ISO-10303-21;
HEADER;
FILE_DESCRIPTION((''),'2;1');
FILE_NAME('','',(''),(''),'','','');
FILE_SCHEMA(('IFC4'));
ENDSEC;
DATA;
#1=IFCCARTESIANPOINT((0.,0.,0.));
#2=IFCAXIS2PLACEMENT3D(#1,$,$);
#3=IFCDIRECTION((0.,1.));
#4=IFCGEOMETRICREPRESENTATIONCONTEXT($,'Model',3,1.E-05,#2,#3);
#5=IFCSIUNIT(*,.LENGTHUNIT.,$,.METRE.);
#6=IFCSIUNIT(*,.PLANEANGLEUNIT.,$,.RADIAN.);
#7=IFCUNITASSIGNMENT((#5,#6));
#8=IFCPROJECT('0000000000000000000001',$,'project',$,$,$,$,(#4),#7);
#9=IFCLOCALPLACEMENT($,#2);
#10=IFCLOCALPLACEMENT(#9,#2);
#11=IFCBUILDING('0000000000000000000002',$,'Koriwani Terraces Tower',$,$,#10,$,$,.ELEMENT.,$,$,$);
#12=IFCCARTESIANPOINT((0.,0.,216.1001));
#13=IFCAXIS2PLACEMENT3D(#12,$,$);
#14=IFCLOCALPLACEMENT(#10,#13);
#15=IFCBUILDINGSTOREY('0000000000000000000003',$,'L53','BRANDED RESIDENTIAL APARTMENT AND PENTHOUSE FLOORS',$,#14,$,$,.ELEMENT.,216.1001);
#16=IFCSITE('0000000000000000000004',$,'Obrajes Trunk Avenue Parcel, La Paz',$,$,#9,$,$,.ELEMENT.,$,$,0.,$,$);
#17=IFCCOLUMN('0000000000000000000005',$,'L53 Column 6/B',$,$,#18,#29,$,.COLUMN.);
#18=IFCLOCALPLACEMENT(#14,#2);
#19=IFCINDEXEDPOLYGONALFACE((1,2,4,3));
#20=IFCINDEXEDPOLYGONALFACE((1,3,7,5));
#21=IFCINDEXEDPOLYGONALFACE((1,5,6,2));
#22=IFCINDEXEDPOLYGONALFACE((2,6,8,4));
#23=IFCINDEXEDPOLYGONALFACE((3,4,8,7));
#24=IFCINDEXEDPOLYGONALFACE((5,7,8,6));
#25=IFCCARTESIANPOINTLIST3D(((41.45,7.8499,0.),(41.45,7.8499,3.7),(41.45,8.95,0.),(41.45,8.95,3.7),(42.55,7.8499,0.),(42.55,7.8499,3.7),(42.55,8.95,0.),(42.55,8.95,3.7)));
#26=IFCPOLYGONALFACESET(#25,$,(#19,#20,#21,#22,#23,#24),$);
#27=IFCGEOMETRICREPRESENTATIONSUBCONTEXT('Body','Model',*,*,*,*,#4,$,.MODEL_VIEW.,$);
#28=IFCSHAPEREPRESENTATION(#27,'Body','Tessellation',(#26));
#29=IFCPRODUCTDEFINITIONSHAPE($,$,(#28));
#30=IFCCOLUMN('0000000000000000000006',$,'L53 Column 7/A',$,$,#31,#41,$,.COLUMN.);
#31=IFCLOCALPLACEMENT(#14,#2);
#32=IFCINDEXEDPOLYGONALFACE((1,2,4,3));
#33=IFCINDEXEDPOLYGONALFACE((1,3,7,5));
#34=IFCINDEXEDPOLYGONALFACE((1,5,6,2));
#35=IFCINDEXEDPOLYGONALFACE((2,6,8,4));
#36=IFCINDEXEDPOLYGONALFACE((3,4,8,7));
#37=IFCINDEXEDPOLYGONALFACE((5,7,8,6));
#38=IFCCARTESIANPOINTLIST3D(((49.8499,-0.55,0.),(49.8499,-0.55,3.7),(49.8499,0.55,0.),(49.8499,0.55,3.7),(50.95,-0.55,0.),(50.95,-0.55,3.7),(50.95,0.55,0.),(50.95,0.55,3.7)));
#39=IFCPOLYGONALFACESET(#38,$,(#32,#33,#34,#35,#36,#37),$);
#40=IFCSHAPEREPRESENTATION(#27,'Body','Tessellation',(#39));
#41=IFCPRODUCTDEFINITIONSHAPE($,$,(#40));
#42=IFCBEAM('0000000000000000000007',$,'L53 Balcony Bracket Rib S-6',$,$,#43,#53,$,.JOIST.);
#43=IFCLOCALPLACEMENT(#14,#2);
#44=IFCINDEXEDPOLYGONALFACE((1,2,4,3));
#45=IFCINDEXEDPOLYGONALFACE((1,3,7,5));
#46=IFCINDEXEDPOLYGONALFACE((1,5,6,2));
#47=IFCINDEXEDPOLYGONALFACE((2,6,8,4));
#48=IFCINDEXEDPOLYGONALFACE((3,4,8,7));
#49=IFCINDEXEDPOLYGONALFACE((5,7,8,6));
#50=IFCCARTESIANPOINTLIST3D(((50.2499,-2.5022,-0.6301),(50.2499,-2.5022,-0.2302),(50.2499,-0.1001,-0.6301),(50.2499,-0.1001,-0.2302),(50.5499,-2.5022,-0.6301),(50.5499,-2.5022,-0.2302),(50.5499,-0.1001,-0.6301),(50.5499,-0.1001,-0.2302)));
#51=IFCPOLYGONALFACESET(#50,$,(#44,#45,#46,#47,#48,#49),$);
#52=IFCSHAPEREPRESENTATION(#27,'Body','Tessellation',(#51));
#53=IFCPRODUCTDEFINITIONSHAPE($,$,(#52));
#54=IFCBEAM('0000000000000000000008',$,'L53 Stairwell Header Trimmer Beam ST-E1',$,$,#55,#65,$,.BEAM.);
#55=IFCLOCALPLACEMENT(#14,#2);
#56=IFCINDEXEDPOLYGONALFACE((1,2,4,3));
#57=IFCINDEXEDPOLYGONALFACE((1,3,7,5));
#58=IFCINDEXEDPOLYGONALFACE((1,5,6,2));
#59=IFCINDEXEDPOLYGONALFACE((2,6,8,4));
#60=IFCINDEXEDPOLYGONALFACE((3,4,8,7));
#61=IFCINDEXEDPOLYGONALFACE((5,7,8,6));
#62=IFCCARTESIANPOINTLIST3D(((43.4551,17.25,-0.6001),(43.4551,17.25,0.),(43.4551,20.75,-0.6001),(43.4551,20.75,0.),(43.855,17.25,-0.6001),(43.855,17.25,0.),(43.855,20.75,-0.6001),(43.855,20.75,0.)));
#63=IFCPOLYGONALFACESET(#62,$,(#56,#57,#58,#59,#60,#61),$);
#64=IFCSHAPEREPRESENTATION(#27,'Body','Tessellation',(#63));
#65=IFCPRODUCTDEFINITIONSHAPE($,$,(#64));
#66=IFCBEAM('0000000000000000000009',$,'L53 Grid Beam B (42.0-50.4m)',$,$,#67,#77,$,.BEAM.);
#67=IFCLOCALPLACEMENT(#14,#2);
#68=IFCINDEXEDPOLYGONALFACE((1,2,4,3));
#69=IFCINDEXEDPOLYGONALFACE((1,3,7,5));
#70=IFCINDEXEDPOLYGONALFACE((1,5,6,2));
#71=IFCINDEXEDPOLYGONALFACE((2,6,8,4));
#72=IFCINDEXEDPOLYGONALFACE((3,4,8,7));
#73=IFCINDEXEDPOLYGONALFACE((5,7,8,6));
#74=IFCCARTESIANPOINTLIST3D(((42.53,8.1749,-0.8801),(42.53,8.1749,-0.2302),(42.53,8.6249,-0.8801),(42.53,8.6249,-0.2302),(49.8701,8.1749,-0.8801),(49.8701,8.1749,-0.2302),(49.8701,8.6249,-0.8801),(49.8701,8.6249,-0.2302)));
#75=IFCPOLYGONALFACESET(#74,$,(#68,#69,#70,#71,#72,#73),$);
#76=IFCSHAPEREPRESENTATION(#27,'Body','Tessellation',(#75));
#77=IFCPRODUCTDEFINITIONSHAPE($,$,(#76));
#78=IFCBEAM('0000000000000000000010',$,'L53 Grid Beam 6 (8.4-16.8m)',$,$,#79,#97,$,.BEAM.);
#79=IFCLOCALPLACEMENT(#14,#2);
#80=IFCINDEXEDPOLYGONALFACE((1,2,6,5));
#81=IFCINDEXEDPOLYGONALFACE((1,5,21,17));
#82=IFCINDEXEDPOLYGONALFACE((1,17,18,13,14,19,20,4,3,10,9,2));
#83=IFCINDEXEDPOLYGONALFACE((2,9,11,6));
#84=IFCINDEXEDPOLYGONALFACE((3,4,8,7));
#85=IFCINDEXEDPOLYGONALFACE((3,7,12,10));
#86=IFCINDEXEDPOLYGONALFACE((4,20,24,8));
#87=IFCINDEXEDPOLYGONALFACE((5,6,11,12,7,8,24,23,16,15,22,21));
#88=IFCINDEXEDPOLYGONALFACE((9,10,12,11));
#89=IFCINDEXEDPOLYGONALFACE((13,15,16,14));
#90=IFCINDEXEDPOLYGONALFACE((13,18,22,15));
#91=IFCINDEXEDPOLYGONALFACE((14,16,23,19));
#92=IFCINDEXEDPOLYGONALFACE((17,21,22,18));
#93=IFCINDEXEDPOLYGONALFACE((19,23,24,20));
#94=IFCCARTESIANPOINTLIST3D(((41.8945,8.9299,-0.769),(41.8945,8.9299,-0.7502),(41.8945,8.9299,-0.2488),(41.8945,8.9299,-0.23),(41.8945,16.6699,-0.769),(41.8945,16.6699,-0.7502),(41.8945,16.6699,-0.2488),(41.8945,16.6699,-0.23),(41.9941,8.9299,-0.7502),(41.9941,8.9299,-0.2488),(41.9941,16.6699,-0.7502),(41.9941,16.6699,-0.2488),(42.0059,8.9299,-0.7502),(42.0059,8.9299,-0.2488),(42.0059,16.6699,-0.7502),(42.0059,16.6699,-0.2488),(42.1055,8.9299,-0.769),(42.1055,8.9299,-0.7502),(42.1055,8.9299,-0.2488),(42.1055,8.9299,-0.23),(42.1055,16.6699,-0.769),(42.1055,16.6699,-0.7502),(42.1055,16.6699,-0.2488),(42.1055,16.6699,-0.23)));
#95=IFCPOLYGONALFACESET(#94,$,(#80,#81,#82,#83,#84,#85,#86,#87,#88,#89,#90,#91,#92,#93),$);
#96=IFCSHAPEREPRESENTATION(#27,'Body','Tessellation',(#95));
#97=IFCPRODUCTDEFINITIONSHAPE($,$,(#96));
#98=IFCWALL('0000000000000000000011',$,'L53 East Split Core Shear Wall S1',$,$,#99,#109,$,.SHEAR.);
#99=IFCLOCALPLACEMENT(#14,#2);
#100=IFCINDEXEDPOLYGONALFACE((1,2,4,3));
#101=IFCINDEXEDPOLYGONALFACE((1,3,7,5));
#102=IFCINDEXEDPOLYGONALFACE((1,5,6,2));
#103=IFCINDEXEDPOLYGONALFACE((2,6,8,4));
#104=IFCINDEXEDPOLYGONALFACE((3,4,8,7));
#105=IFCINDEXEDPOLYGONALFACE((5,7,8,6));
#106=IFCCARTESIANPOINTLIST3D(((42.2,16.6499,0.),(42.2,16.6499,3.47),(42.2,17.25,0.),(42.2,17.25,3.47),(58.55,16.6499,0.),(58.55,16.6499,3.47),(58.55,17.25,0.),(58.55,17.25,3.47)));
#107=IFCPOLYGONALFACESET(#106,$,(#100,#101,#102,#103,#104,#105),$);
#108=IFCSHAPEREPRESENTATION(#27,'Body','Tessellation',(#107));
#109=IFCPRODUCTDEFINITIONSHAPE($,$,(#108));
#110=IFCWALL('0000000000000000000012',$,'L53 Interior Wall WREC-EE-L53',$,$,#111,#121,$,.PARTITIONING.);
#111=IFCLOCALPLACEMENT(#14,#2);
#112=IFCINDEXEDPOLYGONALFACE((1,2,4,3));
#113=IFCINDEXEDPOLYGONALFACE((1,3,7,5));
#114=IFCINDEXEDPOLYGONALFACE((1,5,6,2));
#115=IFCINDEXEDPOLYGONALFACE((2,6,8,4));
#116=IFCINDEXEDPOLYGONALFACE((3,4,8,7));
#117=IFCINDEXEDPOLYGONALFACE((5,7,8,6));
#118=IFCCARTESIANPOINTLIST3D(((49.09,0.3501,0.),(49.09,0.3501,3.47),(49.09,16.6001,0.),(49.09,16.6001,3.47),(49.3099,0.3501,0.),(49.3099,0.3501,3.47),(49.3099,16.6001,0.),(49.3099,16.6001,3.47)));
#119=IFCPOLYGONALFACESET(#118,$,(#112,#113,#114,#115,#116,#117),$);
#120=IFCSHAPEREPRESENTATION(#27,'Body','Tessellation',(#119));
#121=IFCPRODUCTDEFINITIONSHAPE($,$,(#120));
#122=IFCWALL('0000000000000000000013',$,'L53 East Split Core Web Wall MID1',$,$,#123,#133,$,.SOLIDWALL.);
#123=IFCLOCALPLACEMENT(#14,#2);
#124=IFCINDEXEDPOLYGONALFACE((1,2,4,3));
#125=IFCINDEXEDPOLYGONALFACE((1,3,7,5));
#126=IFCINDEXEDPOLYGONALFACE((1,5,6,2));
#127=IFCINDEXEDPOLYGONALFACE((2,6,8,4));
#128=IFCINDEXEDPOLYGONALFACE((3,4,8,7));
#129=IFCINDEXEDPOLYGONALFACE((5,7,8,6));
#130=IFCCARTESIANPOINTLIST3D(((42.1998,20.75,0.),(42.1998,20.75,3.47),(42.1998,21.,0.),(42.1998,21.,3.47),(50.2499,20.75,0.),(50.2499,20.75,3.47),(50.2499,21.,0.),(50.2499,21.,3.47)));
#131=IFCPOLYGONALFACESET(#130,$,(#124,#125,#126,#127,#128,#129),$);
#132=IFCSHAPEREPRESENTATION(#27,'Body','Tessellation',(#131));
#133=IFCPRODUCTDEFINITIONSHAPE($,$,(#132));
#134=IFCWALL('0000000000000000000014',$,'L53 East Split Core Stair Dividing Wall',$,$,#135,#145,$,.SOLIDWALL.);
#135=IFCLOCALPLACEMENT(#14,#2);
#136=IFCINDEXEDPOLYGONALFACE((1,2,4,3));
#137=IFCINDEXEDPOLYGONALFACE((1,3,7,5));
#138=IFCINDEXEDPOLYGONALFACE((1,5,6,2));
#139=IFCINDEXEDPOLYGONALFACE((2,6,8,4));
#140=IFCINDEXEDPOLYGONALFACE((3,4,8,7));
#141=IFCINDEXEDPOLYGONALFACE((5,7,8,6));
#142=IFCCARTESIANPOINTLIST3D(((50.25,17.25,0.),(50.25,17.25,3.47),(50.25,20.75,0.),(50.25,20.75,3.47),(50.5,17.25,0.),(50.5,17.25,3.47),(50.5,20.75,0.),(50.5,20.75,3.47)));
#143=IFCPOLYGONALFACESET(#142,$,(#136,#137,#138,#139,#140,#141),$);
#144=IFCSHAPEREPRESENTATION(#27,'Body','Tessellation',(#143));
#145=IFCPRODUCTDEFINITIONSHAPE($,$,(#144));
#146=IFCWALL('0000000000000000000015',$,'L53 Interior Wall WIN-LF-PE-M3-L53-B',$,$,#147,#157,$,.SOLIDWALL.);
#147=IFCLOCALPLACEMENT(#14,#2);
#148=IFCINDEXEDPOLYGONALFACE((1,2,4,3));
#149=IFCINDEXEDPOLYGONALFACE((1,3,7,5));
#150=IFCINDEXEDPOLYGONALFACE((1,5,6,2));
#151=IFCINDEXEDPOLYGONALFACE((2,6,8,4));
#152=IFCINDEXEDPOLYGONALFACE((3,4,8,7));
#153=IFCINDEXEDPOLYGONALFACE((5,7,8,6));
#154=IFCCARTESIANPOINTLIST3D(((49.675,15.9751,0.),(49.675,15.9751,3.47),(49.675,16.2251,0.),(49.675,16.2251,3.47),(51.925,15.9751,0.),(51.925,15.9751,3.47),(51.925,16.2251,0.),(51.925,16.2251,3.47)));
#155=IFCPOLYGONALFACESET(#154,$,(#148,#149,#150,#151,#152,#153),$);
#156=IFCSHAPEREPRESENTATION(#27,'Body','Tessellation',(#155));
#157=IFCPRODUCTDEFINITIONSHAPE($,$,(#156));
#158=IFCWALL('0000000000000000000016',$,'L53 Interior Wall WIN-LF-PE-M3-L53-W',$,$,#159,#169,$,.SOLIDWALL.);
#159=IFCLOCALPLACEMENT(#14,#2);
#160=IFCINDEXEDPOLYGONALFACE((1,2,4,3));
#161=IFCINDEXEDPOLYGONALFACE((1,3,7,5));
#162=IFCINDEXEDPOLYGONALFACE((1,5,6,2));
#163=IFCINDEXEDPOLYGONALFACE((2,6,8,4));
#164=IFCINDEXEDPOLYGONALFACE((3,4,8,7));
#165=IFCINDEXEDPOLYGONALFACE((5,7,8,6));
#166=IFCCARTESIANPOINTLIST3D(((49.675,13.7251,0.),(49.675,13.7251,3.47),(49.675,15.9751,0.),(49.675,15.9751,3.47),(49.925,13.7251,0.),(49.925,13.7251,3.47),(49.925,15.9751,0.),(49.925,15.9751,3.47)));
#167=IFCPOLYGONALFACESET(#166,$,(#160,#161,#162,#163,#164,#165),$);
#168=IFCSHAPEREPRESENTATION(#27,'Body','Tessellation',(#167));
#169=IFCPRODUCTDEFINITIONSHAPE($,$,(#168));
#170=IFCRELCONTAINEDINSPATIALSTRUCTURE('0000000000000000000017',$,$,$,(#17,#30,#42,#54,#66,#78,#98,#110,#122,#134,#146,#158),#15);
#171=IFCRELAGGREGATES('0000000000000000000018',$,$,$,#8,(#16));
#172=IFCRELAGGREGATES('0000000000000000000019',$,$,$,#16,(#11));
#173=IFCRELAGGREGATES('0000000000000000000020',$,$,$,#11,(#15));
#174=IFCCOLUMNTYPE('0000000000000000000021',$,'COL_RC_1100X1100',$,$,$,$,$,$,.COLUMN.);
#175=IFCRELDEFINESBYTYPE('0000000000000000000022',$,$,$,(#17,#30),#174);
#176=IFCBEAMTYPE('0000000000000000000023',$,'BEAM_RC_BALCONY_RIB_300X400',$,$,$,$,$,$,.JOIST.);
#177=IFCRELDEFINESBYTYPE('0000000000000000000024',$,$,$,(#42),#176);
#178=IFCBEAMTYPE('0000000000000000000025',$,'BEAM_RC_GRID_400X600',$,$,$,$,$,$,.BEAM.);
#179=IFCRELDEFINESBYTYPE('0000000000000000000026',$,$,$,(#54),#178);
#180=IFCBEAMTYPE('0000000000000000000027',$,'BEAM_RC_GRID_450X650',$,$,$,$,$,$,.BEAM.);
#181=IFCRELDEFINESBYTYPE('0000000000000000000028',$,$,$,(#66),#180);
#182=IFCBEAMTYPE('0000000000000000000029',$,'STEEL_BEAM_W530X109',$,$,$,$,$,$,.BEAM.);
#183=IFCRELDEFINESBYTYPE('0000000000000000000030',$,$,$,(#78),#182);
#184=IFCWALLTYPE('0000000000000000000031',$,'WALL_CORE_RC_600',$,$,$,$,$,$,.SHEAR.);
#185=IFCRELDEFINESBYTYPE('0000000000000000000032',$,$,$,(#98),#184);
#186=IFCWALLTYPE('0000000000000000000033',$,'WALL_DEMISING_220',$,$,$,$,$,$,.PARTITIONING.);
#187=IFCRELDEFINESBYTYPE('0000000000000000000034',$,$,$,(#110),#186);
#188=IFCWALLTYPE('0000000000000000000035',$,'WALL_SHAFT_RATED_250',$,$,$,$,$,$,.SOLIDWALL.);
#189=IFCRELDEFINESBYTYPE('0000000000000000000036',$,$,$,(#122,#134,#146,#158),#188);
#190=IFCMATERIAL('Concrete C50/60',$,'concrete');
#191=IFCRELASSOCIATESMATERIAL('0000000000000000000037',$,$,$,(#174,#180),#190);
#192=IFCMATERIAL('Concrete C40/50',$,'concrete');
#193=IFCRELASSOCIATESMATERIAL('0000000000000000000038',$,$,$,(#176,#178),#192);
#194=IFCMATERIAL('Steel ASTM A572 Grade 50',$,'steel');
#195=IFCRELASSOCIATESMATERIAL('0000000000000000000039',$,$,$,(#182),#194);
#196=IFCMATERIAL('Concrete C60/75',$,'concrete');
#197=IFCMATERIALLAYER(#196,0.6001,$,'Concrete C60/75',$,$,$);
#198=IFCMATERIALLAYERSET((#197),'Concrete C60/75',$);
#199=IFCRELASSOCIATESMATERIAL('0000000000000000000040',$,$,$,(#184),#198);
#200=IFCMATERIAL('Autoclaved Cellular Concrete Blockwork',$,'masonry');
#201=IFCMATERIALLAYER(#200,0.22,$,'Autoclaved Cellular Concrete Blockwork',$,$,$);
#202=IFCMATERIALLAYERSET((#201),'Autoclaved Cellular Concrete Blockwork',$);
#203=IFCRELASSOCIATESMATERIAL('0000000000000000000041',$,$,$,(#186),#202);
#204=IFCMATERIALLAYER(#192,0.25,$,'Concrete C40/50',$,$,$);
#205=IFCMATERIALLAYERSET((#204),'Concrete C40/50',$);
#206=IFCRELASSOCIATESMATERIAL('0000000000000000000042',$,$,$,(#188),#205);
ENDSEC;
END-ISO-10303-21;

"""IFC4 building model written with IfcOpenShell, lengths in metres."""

from ifc_helpers import new_model, si_unit, direction, frame, frame_2d, origin, origin_2d, place, context, subcontext, project, spatial, rectangle, i_section, extrude, material, layer, layer_set, material_profile, profile_set, type_object, element, save


model = new_model("IFC4")

# Units and contexts
model_context = context("Model", 3, precision=1e-05, world=origin(), true_north=direction((0.0, 1.0)))
body_context = subcontext(model_context, "Body", "Model", "MODEL_VIEW")
ifc_project = project(units=[si_unit("LENGTHUNIT", "METRE"), si_unit("PLANEANGLEUNIT", "RADIAN")], contexts=[model_context])

# Site, building, storey
site_placement = place(None, origin())
site = spatial("IfcSite", under=ifc_project, at=site_placement, Name="Obrajes Trunk Avenue Parcel, La Paz", CompositionType="ELEMENT", RefElevation=0.0)
building_placement = place(site_placement, origin())
building = spatial("IfcBuilding", under=site, at=building_placement, Name="Koriwani Terraces Tower", CompositionType="ELEMENT")
storey_placement = place(building_placement, frame((0.0, 0.0, 216.1001)))
storey = spatial("IfcBuildingStorey", under=building, at=storey_placement, Name="L53", Description="BRANDED RESIDENTIAL APARTMENT AND PENTHOUSE FLOORS", CompositionType="ELEMENT", Elevation=216.1001)

# Columns
ifc_material_1 = material(Name="Concrete C50/60", Category="concrete")
ifc_material_profile_1 = material_profile(ifc_material_1, rectangle(XDim=1.1001, YDim=1.1001, at=origin_2d()), Name="Concrete C50/60", Category="LoadBearing")
ifc_profile_set_1 = profile_set([ifc_material_profile_1], Name="Concrete C50/60")
column_type = type_object("IfcColumnType", Name="COL_RC_1100X1100", PredefinedType="COLUMN", material=ifc_profile_set_1)
for number, where, z_axis, x_axis, name in (
    (1, (42.0, 8.3999, 0.0), (0.0, 0.0, 1.0), (1.0, 0.0, 0.0), "L53 Column 6/B"),
    (2, (50.3999, 0.0, 0.0), (0.0, 0.0, 1.0), (1.0, 0.0, 0.0), "L53 Column 7/A"),
):
    element("IfcColumn", number, at=place(storey_placement, frame(where, z_axis=z_axis, x_axis=x_axis)), inside=storey, type_object=column_type, Name=name, PredefinedType="COLUMN", context=body_context, shape_type="SweptSolid", body=[
        extrude(rectangle(XDim=1.1001, YDim=1.1001, at=origin_2d()), origin(), (0.0, 0.0, 1.0), 3.7),
    ])

# Beams
ifc_material_2 = material(Name="Concrete C40/50", Category="concrete")
ifc_material_profile_2 = material_profile(ifc_material_2, rectangle(XDim=0.3, YDim=0.3999, at=origin_2d()), Name="Concrete C40/50", Category="LoadBearing")
ifc_profile_set_2 = profile_set([ifc_material_profile_2], Name="Concrete C40/50")
beam_type_1 = type_object("IfcBeamType", Name="BEAM_RC_BALCONY_RIB_300X400", PredefinedType="JOIST", material=ifc_profile_set_2)
beam_1_placement = place(storey_placement, frame((50.3999, -2.5022, -0.4302), z_axis=(0.0, 1.0, 0.0), x_axis=(-1.0, 0.0, 0.0)))
element("IfcBeam", 3, at=beam_1_placement, inside=storey, type_object=beam_type_1, Name="L53 Balcony Bracket Rib S-6", PredefinedType="JOIST", context=body_context, shape_type="SweptSolid", body=[
    extrude(rectangle(XDim=0.3, YDim=0.3999, at=origin_2d()), origin(), (0.0, 0.0, 1.0), 2.4021),
])
ifc_material_profile_3 = material_profile(ifc_material_2, rectangle(XDim=0.3999, YDim=0.6001, at=origin_2d()), Name="Concrete C40/50", Category="LoadBearing")
ifc_profile_set_3 = profile_set([ifc_material_profile_3], Name="Concrete C40/50")
beam_type_2 = type_object("IfcBeamType", Name="BEAM_RC_GRID_400X600", PredefinedType="BEAM", material=ifc_profile_set_3)
beam_2_placement = place(storey_placement, frame((43.655, 17.25, -0.3), z_axis=(0.0, 1.0, 0.0), x_axis=(-1.0, 0.0, 0.0)))
element("IfcBeam", 4, at=beam_2_placement, inside=storey, type_object=beam_type_2, Name="L53 Stairwell Header Trimmer Beam ST-E1", PredefinedType="BEAM", context=body_context, shape_type="SweptSolid", body=[
    extrude(rectangle(XDim=0.3999, YDim=0.6001, at=origin_2d()), origin(), (0.0, 0.0, 1.0), 3.5),
])
ifc_material_profile_4 = material_profile(ifc_material_1, rectangle(XDim=0.45, YDim=0.6499, at=origin_2d()), Name="Concrete C50/60", Category="LoadBearing")
ifc_profile_set_4 = profile_set([ifc_material_profile_4], Name="Concrete C50/60")
beam_type_3 = type_object("IfcBeamType", Name="BEAM_RC_GRID_450X650", PredefinedType="BEAM", material=ifc_profile_set_4)
beam_3_placement = place(storey_placement, frame((42.53, 8.3999, -0.5552), z_axis=(1.0, 0.0, 0.0), x_axis=(0.0, 1.0, 0.0)))
element("IfcBeam", 5, at=beam_3_placement, inside=storey, type_object=beam_type_3, Name="L53 Grid Beam B (42.0-50.4m)", PredefinedType="BEAM", context=body_context, shape_type="SweptSolid", body=[
    extrude(rectangle(XDim=0.45, YDim=0.6499, at=origin_2d()), origin(), (0.0, 0.0, 1.0), 7.3401),
])
ifc_material_3 = material(Name="Steel ASTM A572 Grade 50", Category="steel")
ifc_material_profile_5 = material_profile(ifc_material_3, i_section(OverallWidth=0.2109, OverallDepth=0.5391, WebThickness=0.0117, FlangeThickness=0.0188, at=origin_2d()), Name="Steel ASTM A572 Grade 50", Category="LoadBearing")
ifc_profile_set_5 = profile_set([ifc_material_profile_5], Name="Steel ASTM A572 Grade 50")
beam_type_4 = type_object("IfcBeamType", Name="STEEL_BEAM_W530X109", PredefinedType="BEAM", material=ifc_profile_set_5)
beam_4_placement = place(storey_placement, frame((42.0, 8.9299, -0.4995), z_axis=(0.0, 1.0, 0.0), x_axis=(-1.0, 0.0, 0.0)))
element("IfcBeam", 6, at=beam_4_placement, inside=storey, type_object=beam_type_4, Name="L53 Grid Beam 6 (8.4-16.8m)", PredefinedType="BEAM", context=body_context, shape_type="SweptSolid", body=[
    extrude(i_section(OverallWidth=0.2109, OverallDepth=0.5391, WebThickness=0.0117, FlangeThickness=0.0188, at=origin_2d()), origin(), (0.0, 0.0, 1.0), 7.74),
])

# Walls
ifc_material_4 = material(Name="Concrete C60/75", Category="concrete")
ifc_layer_1 = layer(ifc_material_4, 0.6001, Name="Concrete C60/75")
ifc_layer_set_1 = layer_set([ifc_layer_1], Name="Concrete C60/75")
wall_type_1 = type_object("IfcWallType", Name="WALL_CORE_RC_600", PredefinedType="SHEAR", material=ifc_layer_set_1)
wall_1_placement = place(storey_placement, frame((42.2, 16.95, 0.0), z_axis=(0.0, 0.0, 1.0), x_axis=(1.0, 0.0, 0.0)))
element("IfcWall", 7, at=wall_1_placement, inside=storey, type_object=wall_type_1, Name="L53 East Split Core Shear Wall S1", PredefinedType="SHEAR", context=body_context, shape_type="SweptSolid", body=[
    extrude(rectangle(XDim=16.3501, YDim=0.6001, at=frame_2d((8.175, 0.0))), origin(), (0.0, 0.0, 1.0), 3.47),
])
ifc_material_5 = material(Name="Autoclaved Cellular Concrete Blockwork", Category="masonry")
ifc_layer_2 = layer(ifc_material_5, 0.22, Name="Autoclaved Cellular Concrete Blockwork")
ifc_layer_set_2 = layer_set([ifc_layer_2], Name="Autoclaved Cellular Concrete Blockwork")
wall_type_2 = type_object("IfcWallType", Name="WALL_DEMISING_220", PredefinedType="PARTITIONING", material=ifc_layer_set_2)
wall_2_placement = place(storey_placement, frame((49.2, 0.3501, 0.0), z_axis=(0.0, 0.0, 1.0), x_axis=(0.0, 1.0, 0.0)))
element("IfcWall", 8, at=wall_2_placement, inside=storey, type_object=wall_type_2, Name="L53 Interior Wall WREC-EE-L53", PredefinedType="PARTITIONING", context=body_context, shape_type="SweptSolid", body=[
    extrude(rectangle(XDim=16.25, YDim=0.22, at=frame_2d((8.125, 0.0))), origin(), (0.0, 0.0, 1.0), 3.47),
])
ifc_layer_3 = layer(ifc_material_2, 0.25, Name="Concrete C40/50")
ifc_layer_set_3 = layer_set([ifc_layer_3], Name="Concrete C40/50")
wall_type_3 = type_object("IfcWallType", Name="WALL_SHAFT_RATED_250", PredefinedType="SOLIDWALL", material=ifc_layer_set_3)
wall_3_placement = place(storey_placement, frame((42.2, 20.875, 0.0), z_axis=(0.0, 0.0, 1.0), x_axis=(1.0, 0.0, 0.0)))
element("IfcWall", 9, at=wall_3_placement, inside=storey, type_object=wall_type_3, Name="L53 East Split Core Web Wall MID1", PredefinedType="SOLIDWALL", context=body_context, shape_type="SweptSolid", body=[
    extrude(rectangle(XDim=8.05, YDim=0.25, at=frame_2d((4.0249, 0.0))), origin(), (0.0, 0.0, 1.0), 3.47),
])
wall_4_placement = place(storey_placement, frame((50.375, 17.25, 0.0), z_axis=(0.0, 0.0, 1.0), x_axis=(0.0, 1.0, 0.0)))
element("IfcWall", 10, at=wall_4_placement, inside=storey, type_object=wall_type_3, Name="L53 East Split Core Stair Dividing Wall", PredefinedType="SOLIDWALL", context=body_context, shape_type="SweptSolid", body=[
    extrude(rectangle(XDim=3.5, YDim=0.25, at=frame_2d((1.75, 0.0))), origin(), (0.0, 0.0, 1.0), 3.47),
])

# Walls
for number, where, z_axis, x_axis, name in (
    (11, (49.675, 16.1001, 0.0), (0.0, 0.0, 1.0), (1.0, 0.0, 0.0), "L53 Interior Wall WIN-LF-PE-M3-L53-B"),
    (12, (49.8, 13.7251, 0.0), (0.0, 0.0, 1.0), (0.0, 1.0, 0.0), "L53 Interior Wall WIN-LF-PE-M3-L53-W"),
):
    element("IfcWall", number, at=place(storey_placement, frame(where, z_axis=z_axis, x_axis=x_axis)), inside=storey, type_object=wall_type_3, Name=name, PredefinedType="SOLIDWALL", context=body_context, shape_type="SweptSolid", body=[
        extrude(rectangle(XDim=2.25, YDim=0.25, at=frame_2d((1.125, 0.0))), origin(), (0.0, 0.0, 1.0), 3.47),
    ])

save(model, "model.ifc")
